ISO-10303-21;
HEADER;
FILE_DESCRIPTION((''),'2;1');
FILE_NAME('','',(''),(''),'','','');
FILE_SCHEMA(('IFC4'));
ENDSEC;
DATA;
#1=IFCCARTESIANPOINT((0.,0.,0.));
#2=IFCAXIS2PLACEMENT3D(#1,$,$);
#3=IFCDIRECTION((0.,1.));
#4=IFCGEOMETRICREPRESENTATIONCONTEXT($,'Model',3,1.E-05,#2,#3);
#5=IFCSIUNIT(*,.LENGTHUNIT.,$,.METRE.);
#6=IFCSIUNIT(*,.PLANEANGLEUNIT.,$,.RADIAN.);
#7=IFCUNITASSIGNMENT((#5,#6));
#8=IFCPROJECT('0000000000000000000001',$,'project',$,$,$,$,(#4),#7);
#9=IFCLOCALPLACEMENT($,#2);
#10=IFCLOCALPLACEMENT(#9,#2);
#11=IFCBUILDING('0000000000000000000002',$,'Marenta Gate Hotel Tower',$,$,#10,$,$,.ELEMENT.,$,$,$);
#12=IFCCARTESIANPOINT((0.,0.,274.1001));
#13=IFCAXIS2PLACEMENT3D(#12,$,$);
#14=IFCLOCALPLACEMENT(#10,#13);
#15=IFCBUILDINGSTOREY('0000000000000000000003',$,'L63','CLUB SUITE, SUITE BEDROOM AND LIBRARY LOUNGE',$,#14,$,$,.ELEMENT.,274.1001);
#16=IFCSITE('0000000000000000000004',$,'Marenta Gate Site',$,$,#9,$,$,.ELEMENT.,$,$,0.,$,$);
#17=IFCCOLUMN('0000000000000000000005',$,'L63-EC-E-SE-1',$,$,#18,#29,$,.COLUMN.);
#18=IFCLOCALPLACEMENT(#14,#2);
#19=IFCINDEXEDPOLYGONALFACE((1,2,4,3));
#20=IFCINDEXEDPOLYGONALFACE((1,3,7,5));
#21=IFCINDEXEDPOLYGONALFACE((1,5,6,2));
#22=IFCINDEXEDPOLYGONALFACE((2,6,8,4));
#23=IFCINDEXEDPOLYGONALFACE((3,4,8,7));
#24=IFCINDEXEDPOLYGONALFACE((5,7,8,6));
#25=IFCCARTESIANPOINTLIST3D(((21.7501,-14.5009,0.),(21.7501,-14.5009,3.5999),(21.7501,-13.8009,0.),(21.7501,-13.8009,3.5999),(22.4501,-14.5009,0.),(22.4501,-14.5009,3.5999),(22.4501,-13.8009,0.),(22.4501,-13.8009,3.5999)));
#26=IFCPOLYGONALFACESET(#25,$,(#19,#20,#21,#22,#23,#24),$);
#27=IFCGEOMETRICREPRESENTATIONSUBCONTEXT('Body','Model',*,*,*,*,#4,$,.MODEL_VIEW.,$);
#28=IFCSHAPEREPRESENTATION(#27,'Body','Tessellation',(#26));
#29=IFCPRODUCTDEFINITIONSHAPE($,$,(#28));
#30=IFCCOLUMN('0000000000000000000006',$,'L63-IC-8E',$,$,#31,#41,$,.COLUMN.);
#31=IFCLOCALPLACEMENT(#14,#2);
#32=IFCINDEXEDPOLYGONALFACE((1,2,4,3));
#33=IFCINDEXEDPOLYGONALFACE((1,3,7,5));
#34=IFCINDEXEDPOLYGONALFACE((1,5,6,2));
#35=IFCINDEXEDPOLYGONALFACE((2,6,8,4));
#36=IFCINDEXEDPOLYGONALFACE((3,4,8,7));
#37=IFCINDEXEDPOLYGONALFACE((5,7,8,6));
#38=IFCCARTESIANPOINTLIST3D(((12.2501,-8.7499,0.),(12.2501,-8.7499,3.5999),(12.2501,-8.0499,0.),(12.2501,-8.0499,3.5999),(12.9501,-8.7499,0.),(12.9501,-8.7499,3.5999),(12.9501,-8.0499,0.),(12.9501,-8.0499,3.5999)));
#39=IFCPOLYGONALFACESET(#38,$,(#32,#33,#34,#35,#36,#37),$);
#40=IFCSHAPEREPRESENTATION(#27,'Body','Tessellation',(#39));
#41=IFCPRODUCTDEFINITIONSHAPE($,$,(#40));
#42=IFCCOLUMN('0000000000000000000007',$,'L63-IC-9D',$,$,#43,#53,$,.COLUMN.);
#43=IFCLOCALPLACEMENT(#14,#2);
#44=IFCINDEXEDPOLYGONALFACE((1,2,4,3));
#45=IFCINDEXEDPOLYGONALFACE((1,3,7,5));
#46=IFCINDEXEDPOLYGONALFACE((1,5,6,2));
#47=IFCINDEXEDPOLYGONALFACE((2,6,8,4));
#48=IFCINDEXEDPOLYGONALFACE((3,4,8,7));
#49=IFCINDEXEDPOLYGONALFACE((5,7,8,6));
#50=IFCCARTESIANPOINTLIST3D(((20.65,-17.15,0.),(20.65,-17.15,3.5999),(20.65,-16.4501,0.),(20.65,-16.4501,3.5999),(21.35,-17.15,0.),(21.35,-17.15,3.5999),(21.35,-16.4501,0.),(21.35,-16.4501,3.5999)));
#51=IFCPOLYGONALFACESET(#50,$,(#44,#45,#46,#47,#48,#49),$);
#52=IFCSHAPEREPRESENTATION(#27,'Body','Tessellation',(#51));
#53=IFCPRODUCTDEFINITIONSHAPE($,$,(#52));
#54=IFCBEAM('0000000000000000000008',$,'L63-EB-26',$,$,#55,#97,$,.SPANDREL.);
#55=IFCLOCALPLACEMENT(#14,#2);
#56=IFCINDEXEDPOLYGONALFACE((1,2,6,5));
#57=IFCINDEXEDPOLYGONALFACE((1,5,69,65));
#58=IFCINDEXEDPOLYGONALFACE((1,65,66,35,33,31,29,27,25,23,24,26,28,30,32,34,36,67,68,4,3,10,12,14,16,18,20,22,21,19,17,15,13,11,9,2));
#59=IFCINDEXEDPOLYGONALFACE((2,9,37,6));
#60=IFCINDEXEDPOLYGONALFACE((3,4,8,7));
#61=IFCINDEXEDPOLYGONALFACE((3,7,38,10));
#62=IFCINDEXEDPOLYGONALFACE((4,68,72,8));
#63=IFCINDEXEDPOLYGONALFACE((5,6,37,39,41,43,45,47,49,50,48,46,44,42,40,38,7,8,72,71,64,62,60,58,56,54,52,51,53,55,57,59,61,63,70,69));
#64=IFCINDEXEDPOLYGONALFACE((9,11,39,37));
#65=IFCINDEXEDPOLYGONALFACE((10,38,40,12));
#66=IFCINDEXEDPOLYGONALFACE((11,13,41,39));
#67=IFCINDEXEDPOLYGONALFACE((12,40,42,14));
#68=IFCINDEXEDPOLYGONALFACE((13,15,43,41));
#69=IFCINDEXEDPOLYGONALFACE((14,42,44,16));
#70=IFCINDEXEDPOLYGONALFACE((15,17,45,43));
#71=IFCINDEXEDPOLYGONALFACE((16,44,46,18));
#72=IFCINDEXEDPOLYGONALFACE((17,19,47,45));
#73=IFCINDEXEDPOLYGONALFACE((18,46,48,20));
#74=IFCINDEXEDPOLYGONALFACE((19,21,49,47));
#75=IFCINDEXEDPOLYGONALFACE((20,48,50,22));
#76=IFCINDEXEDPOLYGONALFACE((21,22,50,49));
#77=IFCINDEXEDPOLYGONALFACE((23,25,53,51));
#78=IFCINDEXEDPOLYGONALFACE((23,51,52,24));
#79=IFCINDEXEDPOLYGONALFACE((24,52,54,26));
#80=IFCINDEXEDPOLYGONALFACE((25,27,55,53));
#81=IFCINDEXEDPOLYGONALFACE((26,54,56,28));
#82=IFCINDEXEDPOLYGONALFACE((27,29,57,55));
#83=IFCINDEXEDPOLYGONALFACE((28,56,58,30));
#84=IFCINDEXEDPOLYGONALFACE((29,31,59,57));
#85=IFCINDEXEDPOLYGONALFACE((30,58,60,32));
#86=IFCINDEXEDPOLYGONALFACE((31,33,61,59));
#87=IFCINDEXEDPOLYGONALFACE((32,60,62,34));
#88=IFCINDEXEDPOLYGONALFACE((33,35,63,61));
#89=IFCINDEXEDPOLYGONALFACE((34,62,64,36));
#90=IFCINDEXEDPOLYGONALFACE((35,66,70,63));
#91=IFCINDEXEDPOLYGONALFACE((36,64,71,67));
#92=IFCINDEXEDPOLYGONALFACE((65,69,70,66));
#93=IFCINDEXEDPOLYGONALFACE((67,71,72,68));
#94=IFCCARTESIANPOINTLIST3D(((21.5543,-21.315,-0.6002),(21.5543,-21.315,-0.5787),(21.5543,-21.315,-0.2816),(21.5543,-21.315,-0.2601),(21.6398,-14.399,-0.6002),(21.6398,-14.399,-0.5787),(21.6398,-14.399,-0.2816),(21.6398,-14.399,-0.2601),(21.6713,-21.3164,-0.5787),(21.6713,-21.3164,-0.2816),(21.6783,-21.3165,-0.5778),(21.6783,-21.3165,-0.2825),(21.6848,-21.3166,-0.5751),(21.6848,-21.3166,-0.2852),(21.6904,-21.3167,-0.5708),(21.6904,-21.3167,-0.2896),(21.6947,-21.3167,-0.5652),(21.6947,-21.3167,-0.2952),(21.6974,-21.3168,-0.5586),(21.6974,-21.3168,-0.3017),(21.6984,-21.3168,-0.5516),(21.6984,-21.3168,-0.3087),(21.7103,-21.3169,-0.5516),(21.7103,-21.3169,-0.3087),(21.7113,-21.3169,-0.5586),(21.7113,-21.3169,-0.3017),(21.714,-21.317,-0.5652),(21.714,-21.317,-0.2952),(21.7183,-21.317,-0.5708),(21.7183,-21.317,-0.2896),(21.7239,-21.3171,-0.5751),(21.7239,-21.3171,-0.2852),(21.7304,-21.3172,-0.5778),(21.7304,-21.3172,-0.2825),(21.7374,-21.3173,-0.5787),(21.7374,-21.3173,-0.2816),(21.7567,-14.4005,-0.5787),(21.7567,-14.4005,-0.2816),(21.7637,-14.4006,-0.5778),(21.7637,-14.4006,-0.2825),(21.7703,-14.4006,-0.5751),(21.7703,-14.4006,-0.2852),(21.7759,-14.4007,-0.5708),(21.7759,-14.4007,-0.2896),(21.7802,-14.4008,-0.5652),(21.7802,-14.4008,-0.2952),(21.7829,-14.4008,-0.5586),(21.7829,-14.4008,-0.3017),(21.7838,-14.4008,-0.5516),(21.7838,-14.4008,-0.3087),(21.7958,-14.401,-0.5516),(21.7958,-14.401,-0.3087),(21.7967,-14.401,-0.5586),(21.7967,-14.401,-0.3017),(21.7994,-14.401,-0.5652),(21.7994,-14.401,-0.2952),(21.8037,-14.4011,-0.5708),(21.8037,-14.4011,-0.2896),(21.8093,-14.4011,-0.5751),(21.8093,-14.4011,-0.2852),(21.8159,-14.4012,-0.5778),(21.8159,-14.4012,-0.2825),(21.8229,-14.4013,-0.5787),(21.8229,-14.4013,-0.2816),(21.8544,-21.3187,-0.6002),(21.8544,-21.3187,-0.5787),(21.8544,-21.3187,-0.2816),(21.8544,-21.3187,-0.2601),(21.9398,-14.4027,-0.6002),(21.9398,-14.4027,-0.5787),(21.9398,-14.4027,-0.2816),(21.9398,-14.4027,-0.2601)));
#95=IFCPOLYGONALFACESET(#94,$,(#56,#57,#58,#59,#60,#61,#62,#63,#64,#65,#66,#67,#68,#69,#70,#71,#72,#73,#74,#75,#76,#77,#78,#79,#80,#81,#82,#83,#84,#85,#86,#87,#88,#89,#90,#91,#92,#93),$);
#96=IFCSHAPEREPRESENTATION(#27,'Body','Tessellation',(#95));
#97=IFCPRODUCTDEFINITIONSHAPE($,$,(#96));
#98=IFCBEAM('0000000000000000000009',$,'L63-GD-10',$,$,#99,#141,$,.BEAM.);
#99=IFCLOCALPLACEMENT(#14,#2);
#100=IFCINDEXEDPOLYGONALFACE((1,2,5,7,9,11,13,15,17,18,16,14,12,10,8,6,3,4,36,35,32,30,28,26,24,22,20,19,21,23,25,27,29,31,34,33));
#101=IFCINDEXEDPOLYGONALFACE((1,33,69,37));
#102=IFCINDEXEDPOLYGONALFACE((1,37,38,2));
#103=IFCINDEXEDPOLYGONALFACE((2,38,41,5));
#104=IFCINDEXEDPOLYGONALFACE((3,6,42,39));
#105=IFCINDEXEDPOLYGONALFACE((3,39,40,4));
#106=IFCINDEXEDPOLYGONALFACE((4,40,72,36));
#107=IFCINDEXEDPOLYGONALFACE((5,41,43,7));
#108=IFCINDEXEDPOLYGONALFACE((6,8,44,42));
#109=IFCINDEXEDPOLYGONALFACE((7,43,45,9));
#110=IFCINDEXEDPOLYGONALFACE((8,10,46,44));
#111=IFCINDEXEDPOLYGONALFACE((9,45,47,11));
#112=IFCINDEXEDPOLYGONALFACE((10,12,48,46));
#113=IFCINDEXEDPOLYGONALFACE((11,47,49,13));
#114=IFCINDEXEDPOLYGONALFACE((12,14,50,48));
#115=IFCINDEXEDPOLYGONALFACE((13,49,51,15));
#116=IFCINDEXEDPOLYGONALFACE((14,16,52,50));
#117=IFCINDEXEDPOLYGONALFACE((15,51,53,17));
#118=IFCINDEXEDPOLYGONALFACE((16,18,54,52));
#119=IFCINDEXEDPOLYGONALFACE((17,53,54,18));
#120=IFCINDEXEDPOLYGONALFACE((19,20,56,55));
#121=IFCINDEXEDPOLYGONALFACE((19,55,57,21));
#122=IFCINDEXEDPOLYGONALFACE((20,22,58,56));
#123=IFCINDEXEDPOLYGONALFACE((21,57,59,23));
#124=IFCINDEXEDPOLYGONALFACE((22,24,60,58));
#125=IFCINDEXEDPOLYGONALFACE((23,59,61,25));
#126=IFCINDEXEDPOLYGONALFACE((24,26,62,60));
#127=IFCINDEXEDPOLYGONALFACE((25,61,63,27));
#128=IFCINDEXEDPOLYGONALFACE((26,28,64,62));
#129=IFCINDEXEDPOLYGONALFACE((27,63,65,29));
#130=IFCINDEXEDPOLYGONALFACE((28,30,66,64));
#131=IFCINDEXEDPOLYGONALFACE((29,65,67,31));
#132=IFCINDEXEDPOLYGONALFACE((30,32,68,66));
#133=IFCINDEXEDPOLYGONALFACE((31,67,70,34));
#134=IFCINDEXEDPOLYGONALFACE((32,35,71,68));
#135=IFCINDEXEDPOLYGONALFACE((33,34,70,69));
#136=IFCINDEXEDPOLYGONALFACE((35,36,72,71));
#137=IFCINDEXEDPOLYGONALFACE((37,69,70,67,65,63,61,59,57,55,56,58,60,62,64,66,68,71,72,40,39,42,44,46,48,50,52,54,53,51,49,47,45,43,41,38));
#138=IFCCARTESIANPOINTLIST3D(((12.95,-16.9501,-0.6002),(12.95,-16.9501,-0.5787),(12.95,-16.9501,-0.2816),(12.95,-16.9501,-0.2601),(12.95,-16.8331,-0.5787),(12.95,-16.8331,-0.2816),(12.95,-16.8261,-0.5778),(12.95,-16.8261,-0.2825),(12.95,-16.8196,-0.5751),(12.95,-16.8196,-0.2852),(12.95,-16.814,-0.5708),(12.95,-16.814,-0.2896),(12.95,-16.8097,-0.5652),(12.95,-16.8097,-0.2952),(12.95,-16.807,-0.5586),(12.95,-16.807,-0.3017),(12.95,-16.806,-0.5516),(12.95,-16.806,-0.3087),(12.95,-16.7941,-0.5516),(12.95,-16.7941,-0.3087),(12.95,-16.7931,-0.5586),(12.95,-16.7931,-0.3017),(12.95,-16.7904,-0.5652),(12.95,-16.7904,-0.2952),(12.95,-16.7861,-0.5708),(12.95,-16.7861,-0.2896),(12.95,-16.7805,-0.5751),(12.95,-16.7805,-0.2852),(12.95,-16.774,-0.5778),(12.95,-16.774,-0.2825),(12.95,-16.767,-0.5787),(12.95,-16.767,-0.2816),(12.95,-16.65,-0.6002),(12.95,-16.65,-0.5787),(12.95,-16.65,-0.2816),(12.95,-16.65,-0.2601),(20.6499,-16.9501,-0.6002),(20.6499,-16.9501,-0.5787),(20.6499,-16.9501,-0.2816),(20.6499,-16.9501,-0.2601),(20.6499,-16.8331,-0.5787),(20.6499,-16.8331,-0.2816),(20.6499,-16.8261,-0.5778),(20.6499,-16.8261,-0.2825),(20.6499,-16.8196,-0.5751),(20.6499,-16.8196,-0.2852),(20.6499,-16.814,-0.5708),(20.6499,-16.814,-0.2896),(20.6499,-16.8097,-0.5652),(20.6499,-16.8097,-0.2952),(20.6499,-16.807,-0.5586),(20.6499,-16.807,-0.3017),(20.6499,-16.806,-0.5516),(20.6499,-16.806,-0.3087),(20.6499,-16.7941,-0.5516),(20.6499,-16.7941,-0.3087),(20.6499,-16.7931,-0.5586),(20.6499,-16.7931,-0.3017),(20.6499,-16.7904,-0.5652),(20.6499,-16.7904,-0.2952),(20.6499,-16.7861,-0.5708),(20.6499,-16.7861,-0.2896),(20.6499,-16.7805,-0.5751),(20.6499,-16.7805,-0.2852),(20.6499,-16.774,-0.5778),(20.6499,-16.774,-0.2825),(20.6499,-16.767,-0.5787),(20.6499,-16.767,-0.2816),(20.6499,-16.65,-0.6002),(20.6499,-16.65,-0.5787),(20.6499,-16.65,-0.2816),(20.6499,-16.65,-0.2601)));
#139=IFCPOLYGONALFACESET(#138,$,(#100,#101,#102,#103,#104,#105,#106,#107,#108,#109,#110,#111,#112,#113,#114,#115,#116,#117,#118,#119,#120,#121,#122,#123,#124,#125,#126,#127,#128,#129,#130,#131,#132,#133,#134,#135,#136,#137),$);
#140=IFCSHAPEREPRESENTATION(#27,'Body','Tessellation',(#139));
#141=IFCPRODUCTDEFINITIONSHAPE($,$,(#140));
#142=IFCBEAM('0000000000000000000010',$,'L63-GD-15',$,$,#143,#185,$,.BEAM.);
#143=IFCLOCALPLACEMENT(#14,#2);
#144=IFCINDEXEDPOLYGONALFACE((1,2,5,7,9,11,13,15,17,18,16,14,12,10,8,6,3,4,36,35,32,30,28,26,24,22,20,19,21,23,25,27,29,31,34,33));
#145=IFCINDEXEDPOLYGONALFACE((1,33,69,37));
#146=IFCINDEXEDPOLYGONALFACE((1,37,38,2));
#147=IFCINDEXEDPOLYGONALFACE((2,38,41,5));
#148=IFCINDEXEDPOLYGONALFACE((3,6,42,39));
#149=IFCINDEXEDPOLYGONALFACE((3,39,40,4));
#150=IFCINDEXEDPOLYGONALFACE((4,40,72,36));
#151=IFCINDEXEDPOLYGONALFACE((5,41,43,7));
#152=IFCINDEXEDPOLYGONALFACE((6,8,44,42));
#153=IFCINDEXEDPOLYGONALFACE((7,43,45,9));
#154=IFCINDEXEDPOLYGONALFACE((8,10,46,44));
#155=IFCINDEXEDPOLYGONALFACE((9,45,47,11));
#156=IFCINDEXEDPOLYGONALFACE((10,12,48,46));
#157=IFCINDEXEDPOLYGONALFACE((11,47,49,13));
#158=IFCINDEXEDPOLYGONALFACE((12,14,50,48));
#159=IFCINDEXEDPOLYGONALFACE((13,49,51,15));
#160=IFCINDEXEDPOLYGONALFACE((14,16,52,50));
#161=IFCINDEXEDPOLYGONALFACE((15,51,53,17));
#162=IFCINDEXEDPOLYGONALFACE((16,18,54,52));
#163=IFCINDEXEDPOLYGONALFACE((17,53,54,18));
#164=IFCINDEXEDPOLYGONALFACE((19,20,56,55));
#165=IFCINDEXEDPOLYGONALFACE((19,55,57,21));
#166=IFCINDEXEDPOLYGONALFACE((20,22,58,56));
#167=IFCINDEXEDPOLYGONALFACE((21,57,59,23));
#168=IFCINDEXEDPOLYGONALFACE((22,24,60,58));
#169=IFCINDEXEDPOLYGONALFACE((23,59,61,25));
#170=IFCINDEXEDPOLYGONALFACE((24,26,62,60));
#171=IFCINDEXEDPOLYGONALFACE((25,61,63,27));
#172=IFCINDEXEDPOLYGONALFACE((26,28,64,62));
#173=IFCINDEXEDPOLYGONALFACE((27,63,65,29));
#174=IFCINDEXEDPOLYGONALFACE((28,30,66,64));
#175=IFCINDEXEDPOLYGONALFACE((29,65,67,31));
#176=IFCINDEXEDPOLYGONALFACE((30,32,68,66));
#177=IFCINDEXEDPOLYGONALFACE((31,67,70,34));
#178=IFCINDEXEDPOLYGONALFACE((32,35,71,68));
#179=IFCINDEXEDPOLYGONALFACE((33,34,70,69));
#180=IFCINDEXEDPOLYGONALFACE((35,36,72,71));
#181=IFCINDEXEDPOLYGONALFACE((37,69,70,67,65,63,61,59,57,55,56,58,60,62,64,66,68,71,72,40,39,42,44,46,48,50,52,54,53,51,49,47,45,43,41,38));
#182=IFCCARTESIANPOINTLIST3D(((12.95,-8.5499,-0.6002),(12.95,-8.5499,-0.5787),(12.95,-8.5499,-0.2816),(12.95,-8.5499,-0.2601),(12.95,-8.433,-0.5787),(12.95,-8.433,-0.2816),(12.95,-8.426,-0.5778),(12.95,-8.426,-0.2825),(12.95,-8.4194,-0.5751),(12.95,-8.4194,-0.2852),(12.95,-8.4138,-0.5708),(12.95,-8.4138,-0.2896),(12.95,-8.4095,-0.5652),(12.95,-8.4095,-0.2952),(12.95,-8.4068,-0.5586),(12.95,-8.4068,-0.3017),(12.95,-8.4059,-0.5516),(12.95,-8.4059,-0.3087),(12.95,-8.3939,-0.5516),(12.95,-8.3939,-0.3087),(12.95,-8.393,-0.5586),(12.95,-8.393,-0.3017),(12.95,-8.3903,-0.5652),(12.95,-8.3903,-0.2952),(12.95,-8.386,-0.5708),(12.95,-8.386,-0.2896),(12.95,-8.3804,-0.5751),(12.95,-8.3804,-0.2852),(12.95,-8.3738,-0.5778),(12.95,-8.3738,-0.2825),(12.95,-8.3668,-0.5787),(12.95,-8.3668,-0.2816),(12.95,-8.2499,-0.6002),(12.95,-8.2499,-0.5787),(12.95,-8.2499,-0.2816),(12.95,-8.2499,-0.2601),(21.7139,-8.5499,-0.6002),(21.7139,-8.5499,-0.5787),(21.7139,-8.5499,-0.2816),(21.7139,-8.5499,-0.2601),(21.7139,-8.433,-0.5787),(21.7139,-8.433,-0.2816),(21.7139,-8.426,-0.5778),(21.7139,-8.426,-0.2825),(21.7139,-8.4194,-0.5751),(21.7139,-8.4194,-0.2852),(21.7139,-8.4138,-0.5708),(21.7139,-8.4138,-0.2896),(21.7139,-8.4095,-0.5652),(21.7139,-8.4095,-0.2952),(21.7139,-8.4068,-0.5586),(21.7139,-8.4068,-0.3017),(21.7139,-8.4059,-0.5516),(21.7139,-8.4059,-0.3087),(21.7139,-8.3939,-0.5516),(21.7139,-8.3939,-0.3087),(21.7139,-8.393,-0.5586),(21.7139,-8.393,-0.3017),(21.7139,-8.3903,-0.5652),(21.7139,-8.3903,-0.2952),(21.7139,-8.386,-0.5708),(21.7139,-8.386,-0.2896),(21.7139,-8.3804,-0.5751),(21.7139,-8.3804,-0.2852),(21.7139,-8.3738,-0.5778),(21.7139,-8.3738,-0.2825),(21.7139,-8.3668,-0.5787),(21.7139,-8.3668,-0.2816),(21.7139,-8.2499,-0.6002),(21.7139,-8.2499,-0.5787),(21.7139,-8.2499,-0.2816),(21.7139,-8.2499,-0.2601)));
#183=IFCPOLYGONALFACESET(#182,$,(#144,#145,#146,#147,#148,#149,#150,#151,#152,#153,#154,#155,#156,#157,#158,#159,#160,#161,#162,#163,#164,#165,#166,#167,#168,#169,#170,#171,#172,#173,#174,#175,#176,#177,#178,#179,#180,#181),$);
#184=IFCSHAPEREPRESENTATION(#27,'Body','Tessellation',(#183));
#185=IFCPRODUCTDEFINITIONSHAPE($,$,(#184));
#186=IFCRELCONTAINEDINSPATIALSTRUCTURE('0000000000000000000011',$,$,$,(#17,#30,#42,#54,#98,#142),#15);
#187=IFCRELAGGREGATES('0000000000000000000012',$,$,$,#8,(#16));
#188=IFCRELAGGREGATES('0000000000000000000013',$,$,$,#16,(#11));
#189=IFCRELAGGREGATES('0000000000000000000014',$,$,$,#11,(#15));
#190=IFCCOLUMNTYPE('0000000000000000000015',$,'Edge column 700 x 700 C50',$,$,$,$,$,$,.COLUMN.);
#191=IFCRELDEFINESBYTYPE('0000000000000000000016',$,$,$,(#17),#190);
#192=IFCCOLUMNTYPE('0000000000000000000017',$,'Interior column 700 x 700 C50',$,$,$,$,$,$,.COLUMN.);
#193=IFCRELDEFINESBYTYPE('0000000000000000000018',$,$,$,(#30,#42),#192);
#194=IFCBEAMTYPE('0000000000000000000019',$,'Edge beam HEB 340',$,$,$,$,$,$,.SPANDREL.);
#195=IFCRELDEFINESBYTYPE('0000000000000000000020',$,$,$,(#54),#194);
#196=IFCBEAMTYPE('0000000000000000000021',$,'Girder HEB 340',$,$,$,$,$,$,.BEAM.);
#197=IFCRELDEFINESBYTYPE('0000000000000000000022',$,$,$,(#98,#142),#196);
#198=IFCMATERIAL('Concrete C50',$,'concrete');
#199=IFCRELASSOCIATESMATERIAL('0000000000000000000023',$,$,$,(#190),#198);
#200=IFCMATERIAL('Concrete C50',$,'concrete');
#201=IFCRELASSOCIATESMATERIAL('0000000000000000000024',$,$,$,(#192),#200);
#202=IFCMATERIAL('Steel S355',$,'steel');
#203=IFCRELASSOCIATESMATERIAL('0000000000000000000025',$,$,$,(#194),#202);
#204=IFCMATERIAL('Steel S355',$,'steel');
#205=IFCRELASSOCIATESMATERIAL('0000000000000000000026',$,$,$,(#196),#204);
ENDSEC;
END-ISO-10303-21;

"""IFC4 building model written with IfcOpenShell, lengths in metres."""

from ifc_helpers import new_model, si_unit, direction, frame, origin, origin_2d, place, context, subcontext, project, spatial, rectangle, i_section, extrude, material, material_profile, profile_set, type_object, element, save


model = new_model("IFC4")

# Units and contexts
model_context = context("Model", 3, precision=1e-05, world=origin(), true_north=direction((0.0, 1.0)))
body_context = subcontext(model_context, "Body", "Model", "MODEL_VIEW")
ifc_project = project(units=[si_unit("LENGTHUNIT", "METRE"), si_unit("PLANEANGLEUNIT", "RADIAN")], contexts=[model_context])

# Site, building, storey
site_placement = place(None, origin())
site = spatial("IfcSite", under=ifc_project, at=site_placement, Name="Marenta Gate Site", CompositionType="ELEMENT", RefElevation=0.0)
building_placement = place(site_placement, origin())
building = spatial("IfcBuilding", under=site, at=building_placement, Name="Marenta Gate Hotel Tower", CompositionType="ELEMENT")
storey_placement = place(building_placement, frame((0.0, 0.0, 274.1001)))
storey = spatial("IfcBuildingStorey", under=building, at=storey_placement, Name="L63", Description="CLUB SUITE, SUITE BEDROOM AND LIBRARY LOUNGE", CompositionType="ELEMENT", Elevation=274.1001)

# Columns
ifc_material_1 = material(Name="Concrete C50", Category="concrete")
ifc_material_profile_1 = material_profile(ifc_material_1, rectangle(XDim=0.7, YDim=0.7, at=origin_2d()), Name="700 x 700")
ifc_profile_set_1 = profile_set([ifc_material_profile_1], Name="Concrete C50")
column_type_1 = type_object("IfcColumnType", Name="Edge column 700 x 700 C50", PredefinedType="COLUMN", material=ifc_profile_set_1)
column_placement = place(storey_placement, frame((22.1001, -14.1509, 0.0), z_axis=(0.0, 0.0, 1.0), x_axis=(1.0, 0.0, 0.0)))
element("IfcColumn", 1, at=column_placement, inside=storey, type_object=column_type_1, Name="L63-EC-E-SE-1", PredefinedType="COLUMN", context=body_context, shape_type="SweptSolid", body=[
    extrude(rectangle(XDim=0.7, YDim=0.7, at=origin_2d()), origin(), (0.0, 0.0, 1.0), 3.5999),
])
ifc_material_2 = material(Name="Concrete C50", Category="concrete")
ifc_material_profile_2 = material_profile(ifc_material_2, rectangle(XDim=0.7, YDim=0.7, at=origin_2d()), Name="700 x 700")
ifc_profile_set_2 = profile_set([ifc_material_profile_2], Name="Concrete C50")
column_type_2 = type_object("IfcColumnType", Name="Interior column 700 x 700 C50", PredefinedType="COLUMN", material=ifc_profile_set_2)
for number, where, z_axis, x_axis, name in (
    (2, (12.6001, -8.3999, 0.0), (0.0, 0.0, 1.0), (1.0, 0.0, 0.0), "L63-IC-8E"),
    (3, (21.0, -16.8, 0.0), (0.0, 0.0, 1.0), (1.0, 0.0, 0.0), "L63-IC-9D"),
):
    element("IfcColumn", number, at=place(storey_placement, frame(where, z_axis=z_axis, x_axis=x_axis)), inside=storey, type_object=column_type_2, Name=name, PredefinedType="COLUMN", context=body_context, shape_type="SweptSolid", body=[
        extrude(rectangle(XDim=0.7, YDim=0.7, at=origin_2d()), origin(), (0.0, 0.0, 1.0), 3.5999),
    ])

# Beams
ifc_material_3 = material(Name="Steel S355", Category="steel")
ifc_material_profile_3 = material_profile(ifc_material_3, i_section(OverallWidth=0.3, OverallDepth=0.3401, WebThickness=0.012, FlangeThickness=0.0215, FilletRadius=0.0271, at=origin_2d()), Name="HEB 340")
ifc_profile_set_3 = profile_set([ifc_material_profile_3], Name="Steel S355")
beam_type_1 = type_object("IfcBeamType", Name="Edge beam HEB 340", PredefinedType="SPANDREL", material=ifc_profile_set_3)
beam_1_placement = place(storey_placement, frame((21.7898, -14.4009, -0.4302), z_axis=(-0.012354, -0.999924, 0.0), x_axis=(0.999924, -0.012354, 0.0)))
element("IfcBeam", 4, at=beam_1_placement, inside=storey, type_object=beam_type_1, Name="L63-EB-26", PredefinedType="SPANDREL", context=body_context, shape_type="SweptSolid", body=[
    extrude(i_section(OverallWidth=0.3, OverallDepth=0.3401, WebThickness=0.012, FlangeThickness=0.0215, FilletRadius=0.0271, at=origin_2d()), origin(), (0.0, 0.0, 1.0), 6.9165),
])
ifc_material_4 = material(Name="Steel S355", Category="steel")
ifc_material_profile_4 = material_profile(ifc_material_4, i_section(OverallWidth=0.3, OverallDepth=0.3401, WebThickness=0.012, FlangeThickness=0.0215, FilletRadius=0.0271, at=origin_2d()), Name="HEB 340")
ifc_profile_set_4 = profile_set([ifc_material_profile_4], Name="Steel S355")
beam_type_2 = type_object("IfcBeamType", Name="Girder HEB 340", PredefinedType="BEAM", material=ifc_profile_set_4)
beam_2_placement = place(storey_placement, frame((12.95, -16.8, -0.4302), z_axis=(1.0, 0.0, 0.0), x_axis=(0.0, 1.0, 0.0)))
element("IfcBeam", 5, at=beam_2_placement, inside=storey, type_object=beam_type_2, Name="L63-GD-10", PredefinedType="BEAM", context=body_context, shape_type="SweptSolid", body=[
    extrude(i_section(OverallWidth=0.3, OverallDepth=0.3401, WebThickness=0.012, FlangeThickness=0.0215, FilletRadius=0.0271, at=origin_2d()), origin(), (0.0, 0.0, 1.0), 7.7),
])
beam_3_placement = place(storey_placement, frame((12.95, -8.3999, -0.4302), z_axis=(1.0, 0.0, 0.0), x_axis=(0.0, 1.0, 0.0)))
element("IfcBeam", 6, at=beam_3_placement, inside=storey, type_object=beam_type_2, Name="L63-GD-15", PredefinedType="BEAM", context=body_context, shape_type="SweptSolid", body=[
    extrude(i_section(OverallWidth=0.3, OverallDepth=0.3401, WebThickness=0.012, FlangeThickness=0.0215, FilletRadius=0.0271, at=origin_2d()), origin(), (0.0, 0.0, 1.0), 8.7639),
])

save(model, "model.ifc")
